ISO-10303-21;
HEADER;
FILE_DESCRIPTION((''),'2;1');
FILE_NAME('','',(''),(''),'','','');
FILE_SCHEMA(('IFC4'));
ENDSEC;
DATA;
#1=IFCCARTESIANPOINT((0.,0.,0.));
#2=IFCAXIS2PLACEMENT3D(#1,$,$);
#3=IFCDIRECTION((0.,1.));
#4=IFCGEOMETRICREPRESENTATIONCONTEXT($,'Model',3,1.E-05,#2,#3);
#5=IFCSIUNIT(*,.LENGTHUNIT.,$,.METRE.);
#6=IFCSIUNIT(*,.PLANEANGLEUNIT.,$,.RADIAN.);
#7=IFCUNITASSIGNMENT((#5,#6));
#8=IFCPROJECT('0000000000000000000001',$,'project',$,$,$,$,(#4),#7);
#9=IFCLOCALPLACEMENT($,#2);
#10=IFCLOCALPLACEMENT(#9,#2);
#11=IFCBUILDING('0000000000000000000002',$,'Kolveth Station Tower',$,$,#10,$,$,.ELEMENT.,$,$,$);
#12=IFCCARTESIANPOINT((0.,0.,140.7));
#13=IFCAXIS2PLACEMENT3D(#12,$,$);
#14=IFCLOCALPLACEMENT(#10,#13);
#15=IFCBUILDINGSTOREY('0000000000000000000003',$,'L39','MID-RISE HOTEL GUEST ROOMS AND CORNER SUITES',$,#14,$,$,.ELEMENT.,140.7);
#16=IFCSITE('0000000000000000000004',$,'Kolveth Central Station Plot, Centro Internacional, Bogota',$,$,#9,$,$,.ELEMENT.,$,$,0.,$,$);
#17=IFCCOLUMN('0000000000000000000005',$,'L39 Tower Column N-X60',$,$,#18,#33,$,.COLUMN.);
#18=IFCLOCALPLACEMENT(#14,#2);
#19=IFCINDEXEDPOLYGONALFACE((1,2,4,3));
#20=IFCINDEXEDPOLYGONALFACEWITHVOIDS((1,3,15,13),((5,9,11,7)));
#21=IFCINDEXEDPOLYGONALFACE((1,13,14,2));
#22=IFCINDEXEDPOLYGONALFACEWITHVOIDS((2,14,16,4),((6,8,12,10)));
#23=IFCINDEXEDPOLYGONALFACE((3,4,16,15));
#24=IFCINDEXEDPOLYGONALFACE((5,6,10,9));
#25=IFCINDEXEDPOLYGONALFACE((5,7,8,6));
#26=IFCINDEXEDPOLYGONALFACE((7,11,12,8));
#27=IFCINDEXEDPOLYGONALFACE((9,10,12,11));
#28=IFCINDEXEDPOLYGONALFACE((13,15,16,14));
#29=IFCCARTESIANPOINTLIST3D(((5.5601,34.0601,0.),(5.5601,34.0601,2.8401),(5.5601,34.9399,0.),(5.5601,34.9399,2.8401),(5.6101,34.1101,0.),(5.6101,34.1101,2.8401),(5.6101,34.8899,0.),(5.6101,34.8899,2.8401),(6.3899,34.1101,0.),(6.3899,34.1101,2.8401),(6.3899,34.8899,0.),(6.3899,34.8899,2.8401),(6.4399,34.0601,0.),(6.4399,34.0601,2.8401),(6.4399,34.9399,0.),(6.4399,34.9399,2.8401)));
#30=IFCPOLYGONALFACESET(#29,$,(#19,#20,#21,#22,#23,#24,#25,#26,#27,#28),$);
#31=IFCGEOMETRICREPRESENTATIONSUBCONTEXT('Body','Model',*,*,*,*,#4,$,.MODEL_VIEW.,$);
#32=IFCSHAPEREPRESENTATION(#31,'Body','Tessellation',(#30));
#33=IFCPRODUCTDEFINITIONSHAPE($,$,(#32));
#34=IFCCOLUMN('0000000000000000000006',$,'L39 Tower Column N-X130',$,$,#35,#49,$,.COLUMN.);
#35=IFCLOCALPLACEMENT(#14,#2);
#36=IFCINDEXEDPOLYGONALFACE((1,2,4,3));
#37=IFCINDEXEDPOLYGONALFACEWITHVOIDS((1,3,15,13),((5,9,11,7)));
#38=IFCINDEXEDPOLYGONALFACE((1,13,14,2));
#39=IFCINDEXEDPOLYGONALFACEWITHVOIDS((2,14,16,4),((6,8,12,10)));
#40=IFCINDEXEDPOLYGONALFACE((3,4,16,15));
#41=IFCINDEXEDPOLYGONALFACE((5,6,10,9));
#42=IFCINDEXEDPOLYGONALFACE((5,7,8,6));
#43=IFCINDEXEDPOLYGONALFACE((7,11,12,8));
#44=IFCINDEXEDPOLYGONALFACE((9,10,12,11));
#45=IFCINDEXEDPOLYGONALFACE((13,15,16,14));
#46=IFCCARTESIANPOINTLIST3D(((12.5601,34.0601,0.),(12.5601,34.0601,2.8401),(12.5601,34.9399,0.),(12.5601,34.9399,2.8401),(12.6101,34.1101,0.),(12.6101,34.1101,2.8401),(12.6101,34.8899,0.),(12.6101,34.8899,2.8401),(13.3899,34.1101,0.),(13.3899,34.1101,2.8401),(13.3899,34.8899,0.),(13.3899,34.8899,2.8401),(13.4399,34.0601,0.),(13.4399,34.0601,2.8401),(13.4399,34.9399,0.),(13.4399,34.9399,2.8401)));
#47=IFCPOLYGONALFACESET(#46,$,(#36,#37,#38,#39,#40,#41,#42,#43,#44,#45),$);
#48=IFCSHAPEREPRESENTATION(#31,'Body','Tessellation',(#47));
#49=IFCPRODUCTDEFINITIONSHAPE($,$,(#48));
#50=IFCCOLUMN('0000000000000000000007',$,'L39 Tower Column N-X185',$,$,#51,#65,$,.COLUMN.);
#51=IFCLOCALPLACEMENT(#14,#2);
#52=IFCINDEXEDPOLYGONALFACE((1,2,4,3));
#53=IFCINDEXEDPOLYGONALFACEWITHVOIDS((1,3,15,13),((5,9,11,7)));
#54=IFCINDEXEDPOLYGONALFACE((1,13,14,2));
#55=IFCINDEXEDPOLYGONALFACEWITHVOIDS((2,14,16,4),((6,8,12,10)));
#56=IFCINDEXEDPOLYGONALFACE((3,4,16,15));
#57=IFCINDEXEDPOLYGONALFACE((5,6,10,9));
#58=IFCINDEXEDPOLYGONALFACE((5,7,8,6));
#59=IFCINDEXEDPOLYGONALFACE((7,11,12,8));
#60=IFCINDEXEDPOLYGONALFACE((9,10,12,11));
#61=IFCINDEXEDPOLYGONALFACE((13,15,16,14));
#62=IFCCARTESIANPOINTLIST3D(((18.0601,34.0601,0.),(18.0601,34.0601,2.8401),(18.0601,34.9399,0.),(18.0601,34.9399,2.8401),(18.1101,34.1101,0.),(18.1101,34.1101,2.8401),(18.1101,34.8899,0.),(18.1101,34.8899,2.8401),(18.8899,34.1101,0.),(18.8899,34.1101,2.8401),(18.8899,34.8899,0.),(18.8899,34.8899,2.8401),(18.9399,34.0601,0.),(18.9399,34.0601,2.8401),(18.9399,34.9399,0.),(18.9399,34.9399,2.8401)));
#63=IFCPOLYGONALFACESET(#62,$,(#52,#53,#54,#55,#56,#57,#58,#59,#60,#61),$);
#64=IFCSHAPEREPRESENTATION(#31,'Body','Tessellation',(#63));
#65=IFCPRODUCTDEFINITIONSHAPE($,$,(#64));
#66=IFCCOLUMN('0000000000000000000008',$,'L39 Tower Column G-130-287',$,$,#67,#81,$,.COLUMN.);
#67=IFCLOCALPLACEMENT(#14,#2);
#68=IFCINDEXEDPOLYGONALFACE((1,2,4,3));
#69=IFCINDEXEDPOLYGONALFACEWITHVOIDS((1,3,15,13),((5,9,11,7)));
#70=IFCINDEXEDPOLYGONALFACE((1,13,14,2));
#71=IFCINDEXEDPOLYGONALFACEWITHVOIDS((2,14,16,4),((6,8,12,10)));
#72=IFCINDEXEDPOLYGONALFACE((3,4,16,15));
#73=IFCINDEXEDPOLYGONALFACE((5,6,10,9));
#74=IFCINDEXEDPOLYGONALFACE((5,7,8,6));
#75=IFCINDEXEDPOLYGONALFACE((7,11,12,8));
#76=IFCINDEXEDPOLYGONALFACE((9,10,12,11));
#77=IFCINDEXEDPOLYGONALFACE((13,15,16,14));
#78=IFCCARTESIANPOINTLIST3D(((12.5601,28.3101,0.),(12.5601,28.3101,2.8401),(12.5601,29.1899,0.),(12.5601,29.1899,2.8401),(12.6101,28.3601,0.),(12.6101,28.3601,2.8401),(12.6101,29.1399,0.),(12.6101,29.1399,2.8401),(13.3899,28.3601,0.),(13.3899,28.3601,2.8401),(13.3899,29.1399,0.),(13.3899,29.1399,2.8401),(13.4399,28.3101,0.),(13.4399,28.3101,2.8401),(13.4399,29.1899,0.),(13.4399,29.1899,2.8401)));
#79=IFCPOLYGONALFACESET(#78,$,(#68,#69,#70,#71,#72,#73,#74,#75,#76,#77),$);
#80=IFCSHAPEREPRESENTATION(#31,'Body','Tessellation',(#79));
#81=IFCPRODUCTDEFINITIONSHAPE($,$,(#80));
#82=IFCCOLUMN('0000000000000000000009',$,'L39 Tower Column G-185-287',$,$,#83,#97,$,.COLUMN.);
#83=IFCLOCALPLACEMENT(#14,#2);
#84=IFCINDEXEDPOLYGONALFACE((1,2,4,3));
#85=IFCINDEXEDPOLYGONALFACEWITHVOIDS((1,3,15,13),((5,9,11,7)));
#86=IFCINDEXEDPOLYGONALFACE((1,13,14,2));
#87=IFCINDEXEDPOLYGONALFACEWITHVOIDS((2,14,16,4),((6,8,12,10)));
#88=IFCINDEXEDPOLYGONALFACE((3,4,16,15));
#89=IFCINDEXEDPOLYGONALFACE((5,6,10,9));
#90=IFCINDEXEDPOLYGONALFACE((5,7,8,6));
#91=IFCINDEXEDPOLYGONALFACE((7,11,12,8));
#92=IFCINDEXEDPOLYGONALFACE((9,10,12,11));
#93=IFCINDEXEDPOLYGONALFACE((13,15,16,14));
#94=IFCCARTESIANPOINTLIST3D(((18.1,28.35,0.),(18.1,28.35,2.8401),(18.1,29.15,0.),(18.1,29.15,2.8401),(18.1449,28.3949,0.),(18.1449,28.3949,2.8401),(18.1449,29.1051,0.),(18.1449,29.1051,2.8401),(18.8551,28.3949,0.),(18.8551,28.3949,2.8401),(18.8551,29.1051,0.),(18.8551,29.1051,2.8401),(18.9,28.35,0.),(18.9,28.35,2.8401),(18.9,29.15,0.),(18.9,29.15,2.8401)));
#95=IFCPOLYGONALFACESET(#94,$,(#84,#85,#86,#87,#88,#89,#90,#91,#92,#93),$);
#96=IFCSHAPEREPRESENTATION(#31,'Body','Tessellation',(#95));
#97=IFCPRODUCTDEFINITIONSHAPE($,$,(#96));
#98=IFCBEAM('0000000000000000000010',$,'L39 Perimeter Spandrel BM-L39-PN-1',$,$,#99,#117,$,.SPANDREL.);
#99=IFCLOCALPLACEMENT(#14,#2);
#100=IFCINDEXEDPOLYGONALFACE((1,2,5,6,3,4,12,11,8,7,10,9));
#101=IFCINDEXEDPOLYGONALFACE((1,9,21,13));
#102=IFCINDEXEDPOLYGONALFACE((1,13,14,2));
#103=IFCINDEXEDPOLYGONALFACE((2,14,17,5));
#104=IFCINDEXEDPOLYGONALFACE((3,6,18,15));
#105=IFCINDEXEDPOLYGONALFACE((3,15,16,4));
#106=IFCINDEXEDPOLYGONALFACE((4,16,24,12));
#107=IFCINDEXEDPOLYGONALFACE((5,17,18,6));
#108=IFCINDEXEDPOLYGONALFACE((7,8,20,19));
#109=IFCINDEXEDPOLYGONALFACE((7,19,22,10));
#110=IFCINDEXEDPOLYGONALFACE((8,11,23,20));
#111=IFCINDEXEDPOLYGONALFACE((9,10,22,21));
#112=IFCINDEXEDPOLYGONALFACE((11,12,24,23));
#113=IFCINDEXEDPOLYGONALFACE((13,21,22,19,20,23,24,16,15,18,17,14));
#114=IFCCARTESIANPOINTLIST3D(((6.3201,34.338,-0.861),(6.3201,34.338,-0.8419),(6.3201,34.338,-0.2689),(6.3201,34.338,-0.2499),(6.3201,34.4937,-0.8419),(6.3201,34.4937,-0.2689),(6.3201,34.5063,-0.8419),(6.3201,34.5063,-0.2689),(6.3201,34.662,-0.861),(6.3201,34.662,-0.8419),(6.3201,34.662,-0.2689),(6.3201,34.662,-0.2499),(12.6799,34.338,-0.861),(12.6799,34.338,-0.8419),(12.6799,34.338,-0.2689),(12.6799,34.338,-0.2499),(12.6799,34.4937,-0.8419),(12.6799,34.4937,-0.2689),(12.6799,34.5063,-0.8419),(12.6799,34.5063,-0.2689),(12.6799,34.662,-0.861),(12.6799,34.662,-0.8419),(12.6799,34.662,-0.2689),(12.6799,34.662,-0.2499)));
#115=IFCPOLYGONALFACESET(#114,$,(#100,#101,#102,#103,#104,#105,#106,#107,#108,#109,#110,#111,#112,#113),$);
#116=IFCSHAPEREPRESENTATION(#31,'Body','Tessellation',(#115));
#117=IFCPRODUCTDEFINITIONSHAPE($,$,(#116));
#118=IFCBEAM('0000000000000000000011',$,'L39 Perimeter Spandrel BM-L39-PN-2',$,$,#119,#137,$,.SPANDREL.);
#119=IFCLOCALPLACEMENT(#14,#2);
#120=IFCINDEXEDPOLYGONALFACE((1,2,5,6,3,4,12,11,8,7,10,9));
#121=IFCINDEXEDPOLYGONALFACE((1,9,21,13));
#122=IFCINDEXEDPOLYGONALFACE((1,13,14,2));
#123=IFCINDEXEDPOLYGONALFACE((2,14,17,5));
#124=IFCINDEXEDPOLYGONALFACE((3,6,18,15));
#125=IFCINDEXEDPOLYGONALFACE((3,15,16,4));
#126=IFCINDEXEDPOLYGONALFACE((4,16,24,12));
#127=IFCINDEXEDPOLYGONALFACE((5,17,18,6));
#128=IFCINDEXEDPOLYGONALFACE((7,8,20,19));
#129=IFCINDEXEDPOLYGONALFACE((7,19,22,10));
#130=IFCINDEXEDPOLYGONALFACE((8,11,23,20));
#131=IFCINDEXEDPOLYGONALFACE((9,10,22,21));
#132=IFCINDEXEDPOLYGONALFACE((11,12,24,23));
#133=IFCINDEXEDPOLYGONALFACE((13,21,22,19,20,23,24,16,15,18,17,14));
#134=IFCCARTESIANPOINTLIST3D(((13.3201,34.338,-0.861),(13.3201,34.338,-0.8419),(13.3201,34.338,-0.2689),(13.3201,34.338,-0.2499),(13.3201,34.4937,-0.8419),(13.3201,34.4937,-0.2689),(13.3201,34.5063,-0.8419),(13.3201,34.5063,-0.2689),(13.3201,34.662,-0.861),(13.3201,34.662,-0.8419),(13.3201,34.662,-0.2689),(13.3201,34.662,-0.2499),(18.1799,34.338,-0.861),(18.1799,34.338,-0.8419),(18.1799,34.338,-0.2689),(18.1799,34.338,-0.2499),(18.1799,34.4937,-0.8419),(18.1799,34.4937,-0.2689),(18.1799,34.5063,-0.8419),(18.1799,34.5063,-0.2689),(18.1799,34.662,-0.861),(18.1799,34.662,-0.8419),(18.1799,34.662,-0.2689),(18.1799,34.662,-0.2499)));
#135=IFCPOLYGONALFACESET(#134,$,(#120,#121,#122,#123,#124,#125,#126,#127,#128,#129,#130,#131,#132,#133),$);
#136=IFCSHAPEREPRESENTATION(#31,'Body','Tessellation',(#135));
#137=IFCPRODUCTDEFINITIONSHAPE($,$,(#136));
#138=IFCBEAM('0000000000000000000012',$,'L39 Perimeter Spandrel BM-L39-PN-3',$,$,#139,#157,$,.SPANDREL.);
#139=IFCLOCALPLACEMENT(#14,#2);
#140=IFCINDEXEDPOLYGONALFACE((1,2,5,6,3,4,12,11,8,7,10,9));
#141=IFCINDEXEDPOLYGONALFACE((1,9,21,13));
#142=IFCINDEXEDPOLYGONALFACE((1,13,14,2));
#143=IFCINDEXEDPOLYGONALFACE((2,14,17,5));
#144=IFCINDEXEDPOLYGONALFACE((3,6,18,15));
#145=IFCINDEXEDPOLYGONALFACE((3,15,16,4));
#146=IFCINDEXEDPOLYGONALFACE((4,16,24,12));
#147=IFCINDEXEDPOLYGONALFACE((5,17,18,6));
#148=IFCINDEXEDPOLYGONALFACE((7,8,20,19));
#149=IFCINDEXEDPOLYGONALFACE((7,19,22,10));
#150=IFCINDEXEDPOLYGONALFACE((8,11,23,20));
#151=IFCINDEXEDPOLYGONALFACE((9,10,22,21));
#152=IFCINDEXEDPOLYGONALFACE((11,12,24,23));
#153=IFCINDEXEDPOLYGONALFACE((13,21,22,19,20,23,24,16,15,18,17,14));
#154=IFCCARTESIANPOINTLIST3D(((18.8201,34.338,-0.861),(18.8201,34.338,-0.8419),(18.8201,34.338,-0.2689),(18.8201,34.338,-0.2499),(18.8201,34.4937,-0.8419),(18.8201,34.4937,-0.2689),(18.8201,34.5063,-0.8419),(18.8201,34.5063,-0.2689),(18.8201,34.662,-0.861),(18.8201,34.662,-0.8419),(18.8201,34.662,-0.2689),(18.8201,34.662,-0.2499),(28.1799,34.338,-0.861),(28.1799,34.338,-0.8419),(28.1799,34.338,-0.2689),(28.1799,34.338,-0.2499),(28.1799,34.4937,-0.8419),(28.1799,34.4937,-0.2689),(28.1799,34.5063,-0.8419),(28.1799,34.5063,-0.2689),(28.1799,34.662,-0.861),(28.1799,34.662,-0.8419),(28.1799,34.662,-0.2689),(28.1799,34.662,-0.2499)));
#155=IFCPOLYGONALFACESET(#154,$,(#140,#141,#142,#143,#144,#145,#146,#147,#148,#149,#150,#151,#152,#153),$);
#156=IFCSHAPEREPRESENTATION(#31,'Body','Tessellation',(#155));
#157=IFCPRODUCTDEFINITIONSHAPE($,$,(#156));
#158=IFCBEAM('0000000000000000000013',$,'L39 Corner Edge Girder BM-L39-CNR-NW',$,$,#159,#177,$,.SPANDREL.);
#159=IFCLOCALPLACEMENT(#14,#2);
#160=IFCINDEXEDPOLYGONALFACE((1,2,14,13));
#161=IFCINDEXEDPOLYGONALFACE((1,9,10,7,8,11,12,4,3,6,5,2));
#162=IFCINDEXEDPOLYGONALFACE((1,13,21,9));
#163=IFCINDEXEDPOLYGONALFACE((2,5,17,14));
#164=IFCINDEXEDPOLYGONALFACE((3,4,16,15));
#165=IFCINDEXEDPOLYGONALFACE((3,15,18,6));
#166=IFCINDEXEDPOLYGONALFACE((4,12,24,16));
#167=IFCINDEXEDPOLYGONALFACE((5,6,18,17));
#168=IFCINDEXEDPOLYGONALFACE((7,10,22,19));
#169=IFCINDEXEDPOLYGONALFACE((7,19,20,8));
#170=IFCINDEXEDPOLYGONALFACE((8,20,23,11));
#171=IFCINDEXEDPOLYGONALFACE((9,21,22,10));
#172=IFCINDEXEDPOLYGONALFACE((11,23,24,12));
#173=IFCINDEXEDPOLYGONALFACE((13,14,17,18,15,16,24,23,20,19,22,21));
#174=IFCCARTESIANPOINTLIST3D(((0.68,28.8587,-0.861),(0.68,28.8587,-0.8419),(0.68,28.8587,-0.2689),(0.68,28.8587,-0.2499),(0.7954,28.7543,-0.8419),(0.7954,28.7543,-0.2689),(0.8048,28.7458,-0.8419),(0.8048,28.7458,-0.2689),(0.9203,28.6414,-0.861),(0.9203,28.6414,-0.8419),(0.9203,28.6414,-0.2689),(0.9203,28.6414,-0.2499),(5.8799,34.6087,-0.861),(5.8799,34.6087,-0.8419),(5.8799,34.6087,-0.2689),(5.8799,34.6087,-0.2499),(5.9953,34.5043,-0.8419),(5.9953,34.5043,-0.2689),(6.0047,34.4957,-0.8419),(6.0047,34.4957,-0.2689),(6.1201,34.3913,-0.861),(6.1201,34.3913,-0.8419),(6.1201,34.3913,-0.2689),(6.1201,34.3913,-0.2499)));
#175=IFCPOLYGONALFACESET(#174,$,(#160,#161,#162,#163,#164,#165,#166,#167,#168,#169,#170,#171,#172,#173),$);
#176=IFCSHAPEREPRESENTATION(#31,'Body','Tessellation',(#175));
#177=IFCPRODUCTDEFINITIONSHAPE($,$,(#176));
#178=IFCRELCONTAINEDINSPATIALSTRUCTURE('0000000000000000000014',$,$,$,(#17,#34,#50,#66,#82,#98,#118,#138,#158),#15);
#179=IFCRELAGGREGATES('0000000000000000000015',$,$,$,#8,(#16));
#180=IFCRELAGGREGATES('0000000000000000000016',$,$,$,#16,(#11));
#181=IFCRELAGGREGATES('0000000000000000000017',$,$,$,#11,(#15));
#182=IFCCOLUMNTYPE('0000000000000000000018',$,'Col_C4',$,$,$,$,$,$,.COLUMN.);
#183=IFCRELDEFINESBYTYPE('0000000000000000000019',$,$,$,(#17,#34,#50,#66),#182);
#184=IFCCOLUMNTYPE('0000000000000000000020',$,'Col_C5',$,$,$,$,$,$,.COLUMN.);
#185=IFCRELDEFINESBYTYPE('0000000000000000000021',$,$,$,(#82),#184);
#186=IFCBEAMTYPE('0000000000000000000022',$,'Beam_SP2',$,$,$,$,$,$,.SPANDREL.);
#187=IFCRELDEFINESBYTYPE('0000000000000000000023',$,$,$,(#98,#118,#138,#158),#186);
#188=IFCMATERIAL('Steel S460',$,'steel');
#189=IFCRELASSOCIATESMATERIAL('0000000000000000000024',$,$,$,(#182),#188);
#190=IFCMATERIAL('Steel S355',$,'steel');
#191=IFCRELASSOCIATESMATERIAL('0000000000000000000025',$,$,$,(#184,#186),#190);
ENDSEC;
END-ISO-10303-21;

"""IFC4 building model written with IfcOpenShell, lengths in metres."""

from ifc_helpers import new_model, si_unit, direction, frame, origin, origin_2d, place, context, subcontext, project, spatial, hollow_rectangle, i_section, extrude, source, transform, mapped, material, material_profile, profile_set, type_object, element, save


model = new_model("IFC4")

# Units and contexts
model_context = context("Model", 3, precision=1e-05, world=origin(), true_north=direction((0.0, 1.0)))
body_context = subcontext(model_context, "Body", "Model", "MODEL_VIEW")
ifc_project = project(units=[si_unit("LENGTHUNIT", "METRE"), si_unit("PLANEANGLEUNIT", "RADIAN")], contexts=[model_context])

# Site, building, storey
site_placement = place(None, origin())
site = spatial("IfcSite", under=ifc_project, at=site_placement, Name="Kolveth Central Station Plot, Centro Internacional, Bogota", CompositionType="ELEMENT", RefElevation=0.0)
building_placement = place(site_placement, origin())
building = spatial("IfcBuilding", under=site, at=building_placement, Name="Kolveth Station Tower", CompositionType="ELEMENT")
storey_placement = place(building_placement, frame((0.0, 0.0, 140.7)))
storey = spatial("IfcBuildingStorey", under=building, at=storey_placement, Name="L39", Description="MID-RISE HOTEL GUEST ROOMS AND CORNER SUITES", CompositionType="ELEMENT", Elevation=140.7)

# Columns
ifc_material_1 = material(Name="Steel S460", Category="steel")
ifc_material_profile_1 = material_profile(ifc_material_1, hollow_rectangle(XDim=0.8799, YDim=0.8799, WallThickness=0.05, at=origin_2d()), Name="BOX880x880x50")
ifc_profile_set_1 = profile_set([ifc_material_profile_1], Name="Steel S460")
column_type_1 = type_object("IfcColumnType", Name="Col_C4", PredefinedType="COLUMN", material=ifc_profile_set_1)
shared_shape_1 = source(origin(), body_context, "Body", "SweptSolid", [
    extrude(hollow_rectangle(XDim=0.8799, YDim=0.8799, WallThickness=0.05, at=origin_2d()), origin(), (0.0, 0.0, 1.0), 2.8401),
])
for number, where, z_axis, x_axis, name in (
    (1, (6.0, 34.5, 0.0), (0.0, 0.0, 1.0), (1.0, 0.0, 0.0), "L39 Tower Column N-X60"),
    (2, (13.0, 34.5, 0.0), (0.0, 0.0, 1.0), (1.0, 0.0, 0.0), "L39 Tower Column N-X130"),
    (3, (18.5, 34.5, 0.0), (0.0, 0.0, 1.0), (1.0, 0.0, 0.0), "L39 Tower Column N-X185"),
    (4, (13.0, 28.75, 0.0), (0.0, 0.0, 1.0), (1.0, 0.0, 0.0), "L39 Tower Column G-130-287"),
):
    element("IfcColumn", number, at=place(storey_placement, frame(where, z_axis=z_axis, x_axis=x_axis)), inside=storey, type_object=column_type_1, Name=name, PredefinedType="COLUMN", context=body_context, shape_type="MappedRepresentation", body=[
        mapped(shared_shape_1, transform((0.0, 0.0, 0.0), x_axis=(1.0, 0.0, 0.0), y_axis=(0.0, 1.0, 0.0), z_axis=(0.0, 0.0, 1.0), scale=1.0)),
    ])
ifc_material_2 = material(Name="Steel S355", Category="steel")
ifc_material_profile_2 = material_profile(ifc_material_2, hollow_rectangle(XDim=0.8, YDim=0.8, WallThickness=0.0449, at=origin_2d()), Name="BOX800x800x45")
ifc_profile_set_2 = profile_set([ifc_material_profile_2], Name="Steel S355")
column_type_2 = type_object("IfcColumnType", Name="Col_C5", PredefinedType="COLUMN", material=ifc_profile_set_2)
shared_shape_2 = source(origin(), body_context, "Body", "SweptSolid", [
    extrude(hollow_rectangle(XDim=0.8, YDim=0.8, WallThickness=0.0449, at=origin_2d()), origin(), (0.0, 0.0, 1.0), 2.8401),
])
column_placement = place(storey_placement, frame((18.5, 28.75, 0.0), z_axis=(0.0, 0.0, 1.0), x_axis=(1.0, 0.0, 0.0)))
element("IfcColumn", 5, at=column_placement, inside=storey, type_object=column_type_2, Name="L39 Tower Column G-185-287", PredefinedType="COLUMN", context=body_context, shape_type="MappedRepresentation", body=[
    mapped(shared_shape_2, transform((0.0, 0.0, 0.0), x_axis=(1.0, 0.0, 0.0), y_axis=(0.0, 1.0, 0.0), z_axis=(0.0, 0.0, 1.0), scale=1.0)),
])

# Beams
ifc_material_profile_3 = material_profile(ifc_material_2, i_section(OverallWidth=0.324, OverallDepth=0.6111, WebThickness=0.0127, FlangeThickness=0.019, at=origin_2d()), Name="W610x155")
ifc_profile_set_3 = profile_set([ifc_material_profile_3], Name="Steel S355")
beam_type_1 = type_object("IfcBeamType", Name="Beam_SP2", PredefinedType="SPANDREL", material=ifc_profile_set_3)
shared_shape_3 = source(origin(), body_context, "Body", "SweptSolid", [
    extrude(i_section(OverallWidth=0.324, OverallDepth=0.6111, WebThickness=0.0127, FlangeThickness=0.019, at=origin_2d()), origin(), (0.0, 0.0, 1.0), 6.3599),
])
beam_1_placement = place(storey_placement, frame((6.3201, 34.5, -0.5554), z_axis=(1.0, 0.0, 0.0), x_axis=(0.0, 1.0, 0.0)))
element("IfcBeam", 6, at=beam_1_placement, inside=storey, type_object=beam_type_1, Name="L39 Perimeter Spandrel BM-L39-PN-1", PredefinedType="SPANDREL", context=body_context, shape_type="MappedRepresentation", body=[
    mapped(shared_shape_3, transform((0.0, 0.0, 0.0), x_axis=(1.0, 0.0, 0.0), y_axis=(0.0, 1.0, 0.0), z_axis=(0.0, 0.0, 1.0), scale=1.0)),
])
shared_shape_4 = source(origin(), body_context, "Body", "SweptSolid", [
    extrude(i_section(OverallWidth=0.324, OverallDepth=0.6111, WebThickness=0.0127, FlangeThickness=0.019, at=origin_2d()), origin(), (0.0, 0.0, 1.0), 4.8599),
])
beam_2_placement = place(storey_placement, frame((13.3201, 34.5, -0.5554), z_axis=(1.0, 0.0, 0.0), x_axis=(0.0, 1.0, 0.0)))
element("IfcBeam", 7, at=beam_2_placement, inside=storey, type_object=beam_type_1, Name="L39 Perimeter Spandrel BM-L39-PN-2", PredefinedType="SPANDREL", context=body_context, shape_type="MappedRepresentation", body=[
    mapped(shared_shape_4, transform((0.0, 0.0, 0.0), x_axis=(1.0, 0.0, 0.0), y_axis=(0.0, 1.0, 0.0), z_axis=(0.0, 0.0, 1.0), scale=1.0)),
])
shared_shape_5 = source(origin(), body_context, "Body", "SweptSolid", [
    extrude(i_section(OverallWidth=0.324, OverallDepth=0.6111, WebThickness=0.0127, FlangeThickness=0.019, at=origin_2d()), origin(), (0.0, 0.0, 1.0), 9.3599),
])
beam_3_placement = place(storey_placement, frame((18.8201, 34.5, -0.5554), z_axis=(1.0, 0.0, 0.0), x_axis=(0.0, 1.0, 0.0)))
element("IfcBeam", 8, at=beam_3_placement, inside=storey, type_object=beam_type_1, Name="L39 Perimeter Spandrel BM-L39-PN-3", PredefinedType="SPANDREL", context=body_context, shape_type="MappedRepresentation", body=[
    mapped(shared_shape_5, transform((0.0, 0.0, 0.0), x_axis=(1.0, 0.0, 0.0), y_axis=(0.0, 1.0, 0.0), z_axis=(0.0, 0.0, 1.0), scale=1.0)),
])
shared_shape_6 = source(origin(), body_context, "Body", "SweptSolid", [
    extrude(i_section(OverallWidth=0.324, OverallDepth=0.6111, WebThickness=0.0127, FlangeThickness=0.019, at=origin_2d()), origin(), (0.0, 0.0, 1.0), 7.7524),
])
beam_4_placement = place(storey_placement, frame((6.0, 34.5, -0.5554), z_axis=(-0.670741, -0.741692, 0.0), x_axis=(0.741692, -0.670741, 0.0)))
element("IfcBeam", 9, at=beam_4_placement, inside=storey, type_object=beam_type_1, Name="L39 Corner Edge Girder BM-L39-CNR-NW", PredefinedType="SPANDREL", context=body_context, shape_type="MappedRepresentation", body=[
    mapped(shared_shape_6, transform((0.0, 0.0, 0.0), x_axis=(1.0, 0.0, 0.0), y_axis=(0.0, 1.0, 0.0), z_axis=(0.0, 0.0, 1.0), scale=1.0)),
])

save(model, "model.ifc")
